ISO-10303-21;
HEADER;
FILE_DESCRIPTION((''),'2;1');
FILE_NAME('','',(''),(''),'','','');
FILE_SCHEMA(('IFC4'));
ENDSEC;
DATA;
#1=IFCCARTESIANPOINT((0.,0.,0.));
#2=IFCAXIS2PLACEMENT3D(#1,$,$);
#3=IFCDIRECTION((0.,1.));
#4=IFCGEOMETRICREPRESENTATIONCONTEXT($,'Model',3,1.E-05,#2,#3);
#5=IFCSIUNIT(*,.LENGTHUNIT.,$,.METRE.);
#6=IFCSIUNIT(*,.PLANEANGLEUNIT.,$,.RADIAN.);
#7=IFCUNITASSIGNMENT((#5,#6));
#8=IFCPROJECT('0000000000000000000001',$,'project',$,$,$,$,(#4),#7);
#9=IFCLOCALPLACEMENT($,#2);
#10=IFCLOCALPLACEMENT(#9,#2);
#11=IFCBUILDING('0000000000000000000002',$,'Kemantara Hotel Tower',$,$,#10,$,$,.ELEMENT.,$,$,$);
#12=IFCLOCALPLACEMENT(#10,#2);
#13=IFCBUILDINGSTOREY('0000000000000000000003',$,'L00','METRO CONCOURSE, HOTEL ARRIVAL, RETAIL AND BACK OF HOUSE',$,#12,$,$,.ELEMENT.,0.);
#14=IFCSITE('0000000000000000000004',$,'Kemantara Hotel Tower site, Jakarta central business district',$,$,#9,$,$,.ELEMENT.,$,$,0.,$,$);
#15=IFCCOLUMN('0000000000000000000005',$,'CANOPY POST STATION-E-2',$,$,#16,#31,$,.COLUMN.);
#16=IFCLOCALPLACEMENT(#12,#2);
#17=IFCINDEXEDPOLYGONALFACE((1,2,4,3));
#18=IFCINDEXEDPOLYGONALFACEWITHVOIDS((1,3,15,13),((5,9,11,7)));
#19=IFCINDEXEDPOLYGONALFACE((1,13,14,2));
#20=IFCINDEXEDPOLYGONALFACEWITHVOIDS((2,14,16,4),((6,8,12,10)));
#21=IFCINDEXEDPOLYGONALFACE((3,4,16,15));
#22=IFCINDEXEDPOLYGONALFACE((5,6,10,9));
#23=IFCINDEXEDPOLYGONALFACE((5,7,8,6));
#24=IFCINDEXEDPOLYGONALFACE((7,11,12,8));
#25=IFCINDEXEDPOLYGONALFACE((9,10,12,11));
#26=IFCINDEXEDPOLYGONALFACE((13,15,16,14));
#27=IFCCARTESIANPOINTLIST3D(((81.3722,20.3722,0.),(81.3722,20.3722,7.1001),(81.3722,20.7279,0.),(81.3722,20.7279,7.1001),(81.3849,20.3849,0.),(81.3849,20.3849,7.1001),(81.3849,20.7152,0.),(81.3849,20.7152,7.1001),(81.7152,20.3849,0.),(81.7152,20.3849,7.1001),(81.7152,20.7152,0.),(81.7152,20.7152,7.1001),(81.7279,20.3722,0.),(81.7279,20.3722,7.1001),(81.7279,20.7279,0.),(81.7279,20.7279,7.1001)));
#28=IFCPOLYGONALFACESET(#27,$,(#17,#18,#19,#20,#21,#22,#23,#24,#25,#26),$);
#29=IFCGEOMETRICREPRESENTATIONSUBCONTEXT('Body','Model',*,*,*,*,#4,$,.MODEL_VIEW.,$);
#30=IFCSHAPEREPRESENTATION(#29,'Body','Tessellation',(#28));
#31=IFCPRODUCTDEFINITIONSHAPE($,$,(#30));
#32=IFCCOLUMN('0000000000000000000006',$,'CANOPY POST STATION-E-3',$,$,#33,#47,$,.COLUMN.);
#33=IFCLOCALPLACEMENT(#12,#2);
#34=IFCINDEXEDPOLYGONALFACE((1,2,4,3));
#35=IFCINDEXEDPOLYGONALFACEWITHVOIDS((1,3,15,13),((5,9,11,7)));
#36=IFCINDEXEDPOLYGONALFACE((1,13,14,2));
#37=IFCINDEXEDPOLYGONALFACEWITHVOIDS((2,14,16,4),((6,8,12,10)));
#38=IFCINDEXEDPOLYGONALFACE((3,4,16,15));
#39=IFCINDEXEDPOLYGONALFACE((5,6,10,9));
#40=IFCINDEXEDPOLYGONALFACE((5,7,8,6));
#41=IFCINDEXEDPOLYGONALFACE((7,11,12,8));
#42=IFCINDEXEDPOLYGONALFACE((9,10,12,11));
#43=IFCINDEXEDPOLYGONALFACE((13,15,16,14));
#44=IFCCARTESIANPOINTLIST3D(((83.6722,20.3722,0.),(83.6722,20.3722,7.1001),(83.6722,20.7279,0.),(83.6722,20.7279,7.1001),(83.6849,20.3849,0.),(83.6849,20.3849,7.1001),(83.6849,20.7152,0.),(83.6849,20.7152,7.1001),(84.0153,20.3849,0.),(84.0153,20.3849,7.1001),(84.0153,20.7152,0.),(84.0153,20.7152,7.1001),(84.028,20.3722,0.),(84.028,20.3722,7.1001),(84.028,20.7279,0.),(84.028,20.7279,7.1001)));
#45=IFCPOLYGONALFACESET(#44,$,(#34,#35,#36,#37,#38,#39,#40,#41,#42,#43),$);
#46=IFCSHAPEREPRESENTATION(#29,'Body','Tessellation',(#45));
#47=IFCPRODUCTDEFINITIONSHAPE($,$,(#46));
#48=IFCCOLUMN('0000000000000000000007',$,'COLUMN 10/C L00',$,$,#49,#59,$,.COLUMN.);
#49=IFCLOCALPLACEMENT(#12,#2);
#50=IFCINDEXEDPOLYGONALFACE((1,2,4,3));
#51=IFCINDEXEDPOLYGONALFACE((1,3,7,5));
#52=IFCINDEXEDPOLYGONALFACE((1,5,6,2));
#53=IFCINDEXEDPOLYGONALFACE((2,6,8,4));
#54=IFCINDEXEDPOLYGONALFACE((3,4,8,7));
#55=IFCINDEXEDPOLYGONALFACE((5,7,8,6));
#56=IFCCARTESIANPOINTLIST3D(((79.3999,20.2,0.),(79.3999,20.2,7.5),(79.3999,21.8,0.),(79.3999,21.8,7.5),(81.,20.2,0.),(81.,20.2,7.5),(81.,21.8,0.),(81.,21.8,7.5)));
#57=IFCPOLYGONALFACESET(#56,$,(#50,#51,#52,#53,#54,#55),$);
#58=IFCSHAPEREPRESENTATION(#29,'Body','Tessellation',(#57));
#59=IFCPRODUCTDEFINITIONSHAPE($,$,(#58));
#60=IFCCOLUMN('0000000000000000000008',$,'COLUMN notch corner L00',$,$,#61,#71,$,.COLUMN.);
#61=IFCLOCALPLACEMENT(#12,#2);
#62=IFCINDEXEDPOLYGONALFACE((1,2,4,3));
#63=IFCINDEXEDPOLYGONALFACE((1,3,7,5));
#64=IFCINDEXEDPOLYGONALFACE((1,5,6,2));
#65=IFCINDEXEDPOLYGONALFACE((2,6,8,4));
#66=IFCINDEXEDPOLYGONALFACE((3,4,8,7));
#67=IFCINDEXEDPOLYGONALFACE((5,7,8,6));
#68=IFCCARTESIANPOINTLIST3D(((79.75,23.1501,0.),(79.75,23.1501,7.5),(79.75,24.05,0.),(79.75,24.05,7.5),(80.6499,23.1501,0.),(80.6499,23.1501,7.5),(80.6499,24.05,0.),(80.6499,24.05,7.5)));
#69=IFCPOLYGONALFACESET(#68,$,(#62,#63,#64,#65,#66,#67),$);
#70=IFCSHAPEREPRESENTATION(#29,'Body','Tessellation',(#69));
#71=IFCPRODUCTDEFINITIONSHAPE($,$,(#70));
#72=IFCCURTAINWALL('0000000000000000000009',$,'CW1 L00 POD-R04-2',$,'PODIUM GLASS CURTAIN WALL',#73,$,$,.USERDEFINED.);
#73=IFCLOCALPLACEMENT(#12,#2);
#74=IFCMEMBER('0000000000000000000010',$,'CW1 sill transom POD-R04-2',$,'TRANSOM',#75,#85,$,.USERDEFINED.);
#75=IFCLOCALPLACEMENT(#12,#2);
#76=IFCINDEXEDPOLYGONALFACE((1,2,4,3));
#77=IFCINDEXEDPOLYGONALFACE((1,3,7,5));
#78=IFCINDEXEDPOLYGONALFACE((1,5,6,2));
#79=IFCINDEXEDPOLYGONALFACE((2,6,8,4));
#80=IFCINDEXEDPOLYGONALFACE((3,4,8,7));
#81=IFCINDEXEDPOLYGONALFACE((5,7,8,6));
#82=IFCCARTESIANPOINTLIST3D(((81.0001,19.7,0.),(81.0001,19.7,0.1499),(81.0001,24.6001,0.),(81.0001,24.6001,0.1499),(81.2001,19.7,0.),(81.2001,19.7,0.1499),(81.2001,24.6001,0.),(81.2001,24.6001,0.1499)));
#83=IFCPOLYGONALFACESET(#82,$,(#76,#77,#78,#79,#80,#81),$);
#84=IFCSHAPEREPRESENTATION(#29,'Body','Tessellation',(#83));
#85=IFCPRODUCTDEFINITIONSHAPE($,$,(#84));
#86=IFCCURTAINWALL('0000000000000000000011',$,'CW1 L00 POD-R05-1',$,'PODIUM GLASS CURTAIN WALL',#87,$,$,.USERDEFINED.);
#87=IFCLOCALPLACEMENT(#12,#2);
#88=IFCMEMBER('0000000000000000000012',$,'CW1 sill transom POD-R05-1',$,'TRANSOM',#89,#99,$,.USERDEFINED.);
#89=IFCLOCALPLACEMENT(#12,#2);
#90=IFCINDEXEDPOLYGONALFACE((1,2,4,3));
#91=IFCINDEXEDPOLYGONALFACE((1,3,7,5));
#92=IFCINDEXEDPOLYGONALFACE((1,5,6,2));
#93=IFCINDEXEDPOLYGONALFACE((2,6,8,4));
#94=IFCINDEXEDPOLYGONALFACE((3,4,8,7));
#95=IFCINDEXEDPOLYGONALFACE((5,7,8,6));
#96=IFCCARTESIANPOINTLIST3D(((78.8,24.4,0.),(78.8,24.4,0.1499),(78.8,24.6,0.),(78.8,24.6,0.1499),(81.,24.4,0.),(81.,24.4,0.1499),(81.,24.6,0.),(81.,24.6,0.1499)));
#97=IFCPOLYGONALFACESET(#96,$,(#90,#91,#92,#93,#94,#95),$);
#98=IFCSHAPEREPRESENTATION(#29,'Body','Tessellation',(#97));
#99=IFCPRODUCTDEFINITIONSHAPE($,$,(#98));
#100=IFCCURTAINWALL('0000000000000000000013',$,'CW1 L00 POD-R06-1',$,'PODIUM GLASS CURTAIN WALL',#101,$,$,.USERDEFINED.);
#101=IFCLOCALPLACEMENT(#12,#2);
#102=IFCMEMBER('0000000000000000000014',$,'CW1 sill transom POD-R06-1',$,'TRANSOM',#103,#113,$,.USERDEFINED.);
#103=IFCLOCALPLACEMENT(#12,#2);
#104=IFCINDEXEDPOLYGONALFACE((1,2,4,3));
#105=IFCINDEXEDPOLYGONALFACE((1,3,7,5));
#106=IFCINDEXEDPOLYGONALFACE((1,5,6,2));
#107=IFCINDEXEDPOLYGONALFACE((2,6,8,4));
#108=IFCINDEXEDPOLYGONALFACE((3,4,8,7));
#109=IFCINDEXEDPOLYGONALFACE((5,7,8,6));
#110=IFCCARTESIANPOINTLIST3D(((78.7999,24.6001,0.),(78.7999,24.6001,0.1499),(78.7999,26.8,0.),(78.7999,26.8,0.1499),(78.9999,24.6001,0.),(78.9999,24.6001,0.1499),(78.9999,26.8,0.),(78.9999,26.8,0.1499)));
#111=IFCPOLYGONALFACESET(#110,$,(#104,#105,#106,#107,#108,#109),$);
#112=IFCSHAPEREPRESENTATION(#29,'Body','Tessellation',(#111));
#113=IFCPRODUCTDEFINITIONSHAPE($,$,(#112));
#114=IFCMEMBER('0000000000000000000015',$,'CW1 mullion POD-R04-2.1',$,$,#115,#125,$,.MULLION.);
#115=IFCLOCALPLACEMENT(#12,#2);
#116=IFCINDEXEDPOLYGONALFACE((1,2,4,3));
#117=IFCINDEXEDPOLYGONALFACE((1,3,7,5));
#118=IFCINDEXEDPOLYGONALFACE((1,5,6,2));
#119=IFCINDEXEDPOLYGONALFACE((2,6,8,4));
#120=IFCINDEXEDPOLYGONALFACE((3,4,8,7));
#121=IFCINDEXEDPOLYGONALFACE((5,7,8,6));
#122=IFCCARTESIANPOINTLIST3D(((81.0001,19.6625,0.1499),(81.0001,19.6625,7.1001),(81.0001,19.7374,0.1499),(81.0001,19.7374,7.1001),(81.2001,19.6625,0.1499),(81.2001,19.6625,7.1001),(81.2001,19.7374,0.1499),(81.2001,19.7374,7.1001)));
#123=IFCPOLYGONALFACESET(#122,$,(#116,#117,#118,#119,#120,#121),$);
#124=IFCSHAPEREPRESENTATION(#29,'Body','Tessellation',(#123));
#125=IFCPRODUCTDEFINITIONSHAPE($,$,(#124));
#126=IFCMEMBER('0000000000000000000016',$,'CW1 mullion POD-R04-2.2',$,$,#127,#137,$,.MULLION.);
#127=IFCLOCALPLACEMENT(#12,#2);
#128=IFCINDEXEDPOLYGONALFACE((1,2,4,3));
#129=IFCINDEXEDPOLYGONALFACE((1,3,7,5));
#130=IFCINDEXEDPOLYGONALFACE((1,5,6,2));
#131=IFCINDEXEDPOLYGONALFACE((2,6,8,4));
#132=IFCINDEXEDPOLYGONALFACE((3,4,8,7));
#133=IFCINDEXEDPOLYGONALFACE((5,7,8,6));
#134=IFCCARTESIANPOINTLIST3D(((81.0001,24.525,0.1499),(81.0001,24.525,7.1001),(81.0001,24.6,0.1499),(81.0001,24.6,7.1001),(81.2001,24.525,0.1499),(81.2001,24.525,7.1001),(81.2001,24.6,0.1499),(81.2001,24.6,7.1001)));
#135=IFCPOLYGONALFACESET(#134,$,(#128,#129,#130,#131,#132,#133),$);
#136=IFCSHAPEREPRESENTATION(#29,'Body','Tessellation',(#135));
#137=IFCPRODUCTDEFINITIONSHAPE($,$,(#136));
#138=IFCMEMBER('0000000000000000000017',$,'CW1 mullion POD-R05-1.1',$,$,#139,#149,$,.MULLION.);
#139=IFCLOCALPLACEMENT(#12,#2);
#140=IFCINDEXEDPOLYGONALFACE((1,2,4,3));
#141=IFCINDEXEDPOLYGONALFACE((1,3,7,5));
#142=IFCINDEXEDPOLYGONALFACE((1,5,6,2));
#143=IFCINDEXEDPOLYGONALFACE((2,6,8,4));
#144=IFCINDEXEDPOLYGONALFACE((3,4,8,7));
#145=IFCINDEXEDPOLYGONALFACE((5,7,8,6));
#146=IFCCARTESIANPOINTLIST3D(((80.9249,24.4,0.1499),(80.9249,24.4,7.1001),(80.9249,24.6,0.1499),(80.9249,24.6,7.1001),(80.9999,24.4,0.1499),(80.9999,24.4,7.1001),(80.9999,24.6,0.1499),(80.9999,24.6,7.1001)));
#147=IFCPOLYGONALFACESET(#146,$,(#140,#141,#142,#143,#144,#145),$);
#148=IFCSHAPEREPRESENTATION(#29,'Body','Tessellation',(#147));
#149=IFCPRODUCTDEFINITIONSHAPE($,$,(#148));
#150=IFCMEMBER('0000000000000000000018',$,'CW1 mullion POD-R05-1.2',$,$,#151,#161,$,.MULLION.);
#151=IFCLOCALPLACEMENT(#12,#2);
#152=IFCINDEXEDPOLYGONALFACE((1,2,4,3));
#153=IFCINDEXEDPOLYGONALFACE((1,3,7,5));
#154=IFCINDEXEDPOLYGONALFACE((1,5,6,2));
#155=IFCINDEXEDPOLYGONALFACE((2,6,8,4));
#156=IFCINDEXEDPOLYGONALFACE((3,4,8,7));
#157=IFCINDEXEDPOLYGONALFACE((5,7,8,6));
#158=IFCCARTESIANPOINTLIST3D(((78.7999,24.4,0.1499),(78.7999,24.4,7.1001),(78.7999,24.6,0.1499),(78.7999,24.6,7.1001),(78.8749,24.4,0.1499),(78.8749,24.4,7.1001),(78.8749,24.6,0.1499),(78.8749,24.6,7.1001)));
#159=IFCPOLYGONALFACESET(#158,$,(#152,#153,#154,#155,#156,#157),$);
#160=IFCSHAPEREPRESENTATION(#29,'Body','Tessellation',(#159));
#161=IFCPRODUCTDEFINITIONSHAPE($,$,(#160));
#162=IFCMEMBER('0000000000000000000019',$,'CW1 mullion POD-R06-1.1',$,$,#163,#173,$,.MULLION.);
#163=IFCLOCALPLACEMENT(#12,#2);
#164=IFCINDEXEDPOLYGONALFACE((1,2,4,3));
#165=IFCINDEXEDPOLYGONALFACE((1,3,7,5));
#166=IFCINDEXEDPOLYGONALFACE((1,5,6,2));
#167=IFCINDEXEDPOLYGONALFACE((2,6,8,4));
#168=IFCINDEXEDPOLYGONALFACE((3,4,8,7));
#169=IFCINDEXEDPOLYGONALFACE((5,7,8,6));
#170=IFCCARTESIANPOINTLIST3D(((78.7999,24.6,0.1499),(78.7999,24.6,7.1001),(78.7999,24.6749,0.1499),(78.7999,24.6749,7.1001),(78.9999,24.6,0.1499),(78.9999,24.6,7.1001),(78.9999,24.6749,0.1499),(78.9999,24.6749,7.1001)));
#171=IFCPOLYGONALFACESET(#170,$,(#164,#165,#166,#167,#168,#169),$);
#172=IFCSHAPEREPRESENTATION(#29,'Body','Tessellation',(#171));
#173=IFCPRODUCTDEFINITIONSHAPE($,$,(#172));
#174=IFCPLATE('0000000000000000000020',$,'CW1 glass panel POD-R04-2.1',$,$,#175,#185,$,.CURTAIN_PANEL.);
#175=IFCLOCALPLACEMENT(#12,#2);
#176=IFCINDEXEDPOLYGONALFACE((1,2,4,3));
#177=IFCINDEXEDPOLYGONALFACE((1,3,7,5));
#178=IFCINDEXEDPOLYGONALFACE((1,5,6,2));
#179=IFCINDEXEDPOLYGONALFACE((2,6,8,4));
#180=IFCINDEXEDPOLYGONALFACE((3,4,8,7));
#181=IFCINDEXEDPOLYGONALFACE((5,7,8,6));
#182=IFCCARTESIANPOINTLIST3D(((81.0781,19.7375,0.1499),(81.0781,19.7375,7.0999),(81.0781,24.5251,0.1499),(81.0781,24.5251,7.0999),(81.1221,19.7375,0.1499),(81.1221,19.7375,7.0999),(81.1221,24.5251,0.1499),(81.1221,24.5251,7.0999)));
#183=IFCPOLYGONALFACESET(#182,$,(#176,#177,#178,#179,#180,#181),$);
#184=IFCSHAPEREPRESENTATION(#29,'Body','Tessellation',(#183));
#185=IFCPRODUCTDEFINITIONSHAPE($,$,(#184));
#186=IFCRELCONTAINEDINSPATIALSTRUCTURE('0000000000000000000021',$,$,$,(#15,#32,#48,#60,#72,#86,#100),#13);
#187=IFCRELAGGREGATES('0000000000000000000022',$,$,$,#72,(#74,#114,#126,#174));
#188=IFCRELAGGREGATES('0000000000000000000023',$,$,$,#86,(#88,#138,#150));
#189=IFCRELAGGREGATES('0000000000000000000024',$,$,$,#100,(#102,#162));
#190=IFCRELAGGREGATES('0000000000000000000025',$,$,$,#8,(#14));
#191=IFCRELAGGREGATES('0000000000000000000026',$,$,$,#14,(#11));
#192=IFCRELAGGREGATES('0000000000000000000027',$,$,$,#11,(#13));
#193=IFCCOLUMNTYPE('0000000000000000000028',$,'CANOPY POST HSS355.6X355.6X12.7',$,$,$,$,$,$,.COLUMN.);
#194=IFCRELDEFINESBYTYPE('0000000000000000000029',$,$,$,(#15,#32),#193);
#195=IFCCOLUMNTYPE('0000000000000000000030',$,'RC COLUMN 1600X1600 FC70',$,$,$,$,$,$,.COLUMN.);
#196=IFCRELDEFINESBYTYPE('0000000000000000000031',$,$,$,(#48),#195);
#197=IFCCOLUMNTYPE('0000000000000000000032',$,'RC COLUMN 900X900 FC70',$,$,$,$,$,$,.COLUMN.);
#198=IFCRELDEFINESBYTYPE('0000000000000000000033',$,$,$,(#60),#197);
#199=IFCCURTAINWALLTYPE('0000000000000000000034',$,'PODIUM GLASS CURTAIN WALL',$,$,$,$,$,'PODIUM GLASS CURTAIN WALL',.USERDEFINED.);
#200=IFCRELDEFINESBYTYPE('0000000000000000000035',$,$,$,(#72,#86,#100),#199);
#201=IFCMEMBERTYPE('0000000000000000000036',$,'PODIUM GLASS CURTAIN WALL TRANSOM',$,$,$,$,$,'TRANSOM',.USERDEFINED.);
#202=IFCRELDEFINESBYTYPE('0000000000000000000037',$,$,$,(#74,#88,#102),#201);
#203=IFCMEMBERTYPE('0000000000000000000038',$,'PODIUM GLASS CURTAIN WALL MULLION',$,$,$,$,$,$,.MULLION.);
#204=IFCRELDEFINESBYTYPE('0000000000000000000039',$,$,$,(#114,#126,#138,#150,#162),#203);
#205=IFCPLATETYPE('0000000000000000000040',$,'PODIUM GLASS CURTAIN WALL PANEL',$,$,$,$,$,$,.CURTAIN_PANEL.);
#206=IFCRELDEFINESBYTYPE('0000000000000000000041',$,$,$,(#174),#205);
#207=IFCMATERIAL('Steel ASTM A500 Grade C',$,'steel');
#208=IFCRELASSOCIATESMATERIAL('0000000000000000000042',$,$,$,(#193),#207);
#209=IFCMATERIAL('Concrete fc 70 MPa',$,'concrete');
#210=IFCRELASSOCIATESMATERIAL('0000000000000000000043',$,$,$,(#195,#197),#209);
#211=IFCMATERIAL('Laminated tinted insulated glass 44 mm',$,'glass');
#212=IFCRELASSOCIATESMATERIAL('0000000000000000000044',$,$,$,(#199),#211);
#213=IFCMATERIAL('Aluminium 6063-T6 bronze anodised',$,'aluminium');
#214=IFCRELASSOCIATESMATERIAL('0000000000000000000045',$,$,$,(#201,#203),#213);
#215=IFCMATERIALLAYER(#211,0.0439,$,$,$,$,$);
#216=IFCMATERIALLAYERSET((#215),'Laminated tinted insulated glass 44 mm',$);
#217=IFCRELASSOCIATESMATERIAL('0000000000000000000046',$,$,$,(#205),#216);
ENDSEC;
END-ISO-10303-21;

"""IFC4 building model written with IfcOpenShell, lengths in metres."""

from ifc_helpers import new_model, si_unit, direction, frame, origin, origin_2d, place, context, subcontext, project, spatial, rectangle, hollow_rectangle, extrude, source, transform, mapped, material, layer, layer_set, material_profile, profile_set, type_object, element, aggregate, save


model = new_model("IFC4")

# Units and contexts
model_context = context("Model", 3, precision=1e-05, world=origin(), true_north=direction((0.0, 1.0)))
body_context = subcontext(model_context, "Body", "Model", "MODEL_VIEW")
ifc_project = project(units=[si_unit("LENGTHUNIT", "METRE"), si_unit("PLANEANGLEUNIT", "RADIAN")], contexts=[model_context])

# Site, building, storey
site_placement = place(None, origin())
site = spatial("IfcSite", under=ifc_project, at=site_placement, Name="Kemantara Hotel Tower site, Jakarta central business district", CompositionType="ELEMENT", RefElevation=0.0)
building_placement = place(site_placement, origin())
building = spatial("IfcBuilding", under=site, at=building_placement, Name="Kemantara Hotel Tower", CompositionType="ELEMENT")
storey_placement = place(building_placement, origin())
storey = spatial("IfcBuildingStorey", under=building, at=storey_placement, Name="L00", Description="METRO CONCOURSE, HOTEL ARRIVAL, RETAIL AND BACK OF HOUSE", CompositionType="ELEMENT", Elevation=0.0)

# Columns
ifc_material_1 = material(Name="Steel ASTM A500 Grade C", Category="steel")
ifc_material_profile_1 = material_profile(ifc_material_1, hollow_rectangle(XDim=0.3557, YDim=0.3557, WallThickness=0.0127, at=origin_2d()), Name="HSS355.6X355.6X12.7")
ifc_profile_set_1 = profile_set([ifc_material_profile_1], Name="Steel ASTM A500 Grade C")
column_type_1 = type_object("IfcColumnType", Name="CANOPY POST HSS355.6X355.6X12.7", PredefinedType="COLUMN", material=ifc_profile_set_1)
for number, where, z_axis, x_axis, name in (
    (1, (81.55, 20.55, 0.0), (0.0, 0.0, 1.0), (1.0, 0.0, 0.0), "CANOPY POST STATION-E-2"),
    (2, (83.8501, 20.55, 0.0), (0.0, 0.0, 1.0), (1.0, 0.0, 0.0), "CANOPY POST STATION-E-3"),
):
    element("IfcColumn", number, at=place(storey_placement, frame(where, z_axis=z_axis, x_axis=x_axis)), inside=storey, type_object=column_type_1, Name=name, PredefinedType="COLUMN", context=body_context, shape_type="SweptSolid", body=[
        extrude(hollow_rectangle(XDim=0.3557, YDim=0.3557, WallThickness=0.0127, at=origin_2d()), origin(), (0.0, 0.0, 1.0), 7.1001),
    ])
ifc_material_2 = material(Name="Concrete fc 70 MPa", Category="concrete")
ifc_material_profile_2 = material_profile(ifc_material_2, rectangle(XDim=1.6001, YDim=1.6001, at=origin_2d()), Name="RC 1600X1600")
ifc_profile_set_2 = profile_set([ifc_material_profile_2], Name="Concrete fc 70 MPa")
column_type_2 = type_object("IfcColumnType", Name="RC COLUMN 1600X1600 FC70", PredefinedType="COLUMN", material=ifc_profile_set_2)
column_1_placement = place(storey_placement, frame((80.2, 21.0, 0.0), z_axis=(0.0, 0.0, 1.0), x_axis=(1.0, 0.0, 0.0)))
element("IfcColumn", 3, at=column_1_placement, inside=storey, type_object=column_type_2, Name="COLUMN 10/C L00", PredefinedType="COLUMN", context=body_context, shape_type="SweptSolid", body=[
    extrude(rectangle(XDim=1.6001, YDim=1.6001, at=origin_2d()), origin(), (0.0, 0.0, 1.0), 7.5),
])
ifc_material_profile_3 = material_profile(ifc_material_2, rectangle(XDim=0.8999, YDim=0.8999, at=origin_2d()), Name="RC 900X900")
ifc_profile_set_3 = profile_set([ifc_material_profile_3], Name="Concrete fc 70 MPa")
column_type_3 = type_object("IfcColumnType", Name="RC COLUMN 900X900 FC70", PredefinedType="COLUMN", material=ifc_profile_set_3)
column_2_placement = place(storey_placement, frame((80.2, 23.6001, 0.0), z_axis=(0.0, 0.0, 1.0), x_axis=(1.0, 0.0, 0.0)))
element("IfcColumn", 4, at=column_2_placement, inside=storey, type_object=column_type_3, Name="COLUMN notch corner L00", PredefinedType="COLUMN", context=body_context, shape_type="SweptSolid", body=[
    extrude(rectangle(XDim=0.8999, YDim=0.8999, at=origin_2d()), origin(), (0.0, 0.0, 1.0), 7.5),
])

# Curtain walls, members
ifc_material_3 = material(Name="Laminated tinted insulated glass 44 mm", Category="glass")
curtain_wall_type = type_object("IfcCurtainWallType", Name="PODIUM GLASS CURTAIN WALL", ElementType="PODIUM GLASS CURTAIN WALL", PredefinedType="USERDEFINED", material=ifc_material_3)
curtain_wall_1_placement = place(storey_placement, origin())
curtain_wall_1 = element("IfcCurtainWall", 5, at=curtain_wall_1_placement, inside=storey, type_object=curtain_wall_type, Name="CW1 L00 POD-R04-2", ObjectType="PODIUM GLASS CURTAIN WALL", PredefinedType="USERDEFINED")
ifc_material_4 = material(Name="Aluminium 6063-T6 bronze anodised", Category="aluminium")
ifc_material_profile_4 = material_profile(ifc_material_4, rectangle(XDim=0.2, YDim=0.1499, at=origin_2d()), Name="PODIUM GLASS CURTAIN WALL TRANSOM")
ifc_profile_set_4 = profile_set([ifc_material_profile_4], Name="Aluminium 6063-T6 bronze anodised")
member_type_1 = type_object("IfcMemberType", Name="PODIUM GLASS CURTAIN WALL TRANSOM", ElementType="TRANSOM", PredefinedType="USERDEFINED", material=ifc_profile_set_4)
member_1_placement = place(storey_placement, frame((81.1001, 19.7, 0.075), z_axis=(0.0, 1.0, 0.0), x_axis=(-1.0, 0.0, 0.0)))
member_1 = element("IfcMember", 6, at=member_1_placement, type_object=member_type_1, Name="CW1 sill transom POD-R04-2", ObjectType="TRANSOM", PredefinedType="USERDEFINED", context=body_context, shape_type="SweptSolid", body=[
    extrude(rectangle(XDim=0.2, YDim=0.1499, at=origin_2d()), origin(), (0.0, 0.0, 1.0), 4.9001),
])
curtain_wall_2_placement = place(storey_placement, origin())
curtain_wall_2 = element("IfcCurtainWall", 7, at=curtain_wall_2_placement, inside=storey, type_object=curtain_wall_type, Name="CW1 L00 POD-R05-1", ObjectType="PODIUM GLASS CURTAIN WALL", PredefinedType="USERDEFINED")
member_2_placement = place(storey_placement, frame((81.0, 24.5, 0.075), z_axis=(-1.0, 0.0, 0.0), x_axis=(0.0, -1.0, 0.0)))
member_2 = element("IfcMember", 8, at=member_2_placement, type_object=member_type_1, Name="CW1 sill transom POD-R05-1", ObjectType="TRANSOM", PredefinedType="USERDEFINED", context=body_context, shape_type="SweptSolid", body=[
    extrude(rectangle(XDim=0.2, YDim=0.1499, at=origin_2d()), origin(), (0.0, 0.0, 1.0), 2.2),
])
curtain_wall_3_placement = place(storey_placement, origin())
curtain_wall_3 = element("IfcCurtainWall", 9, at=curtain_wall_3_placement, inside=storey, type_object=curtain_wall_type, Name="CW1 L00 POD-R06-1", ObjectType="PODIUM GLASS CURTAIN WALL", PredefinedType="USERDEFINED")
member_3_placement = place(storey_placement, frame((78.8999, 24.6001, 0.075), z_axis=(0.0, 1.0, 0.0), x_axis=(-1.0, 0.0, 0.0)))
member_3 = element("IfcMember", 10, at=member_3_placement, type_object=member_type_1, Name="CW1 sill transom POD-R06-1", ObjectType="TRANSOM", PredefinedType="USERDEFINED", context=body_context, shape_type="SweptSolid", body=[
    extrude(rectangle(XDim=0.2, YDim=0.1499, at=origin_2d()), origin(), (0.0, 0.0, 1.0), 2.2),
])

# Members
ifc_material_profile_5 = material_profile(ifc_material_4, rectangle(XDim=0.2, YDim=0.075, at=origin_2d()), Name="PODIUM GLASS CURTAIN WALL MULLION")
ifc_profile_set_5 = profile_set([ifc_material_profile_5], Name="Aluminium 6063-T6 bronze anodised")
member_type_2 = type_object("IfcMemberType", Name="PODIUM GLASS CURTAIN WALL MULLION", PredefinedType="MULLION", material=ifc_profile_set_5)
shared_shape_1 = source(origin(), body_context, "Body", "SweptSolid", [
    extrude(rectangle(XDim=0.2, YDim=0.075, at=origin_2d()), origin(), (0.0, 0.0, 1.0), 6.9502),
])
member_4_placement = place(storey_placement, frame((81.1001, 19.7, 0.1499), z_axis=(0.0, 0.0, 1.0), x_axis=(-1.0, 0.0, 0.0)))
member_4 = element("IfcMember", 11, at=member_4_placement, type_object=member_type_2, Name="CW1 mullion POD-R04-2.1", PredefinedType="MULLION", context=body_context, shape_type="MappedRepresentation", body=[
    mapped(shared_shape_1, transform((0.0, 0.0, 0.0))),
])
member_5_placement = place(storey_placement, frame((81.1001, 24.5625, 0.1499), z_axis=(0.0, 0.0, 1.0), x_axis=(-1.0, 0.0, 0.0)))
member_5 = element("IfcMember", 12, at=member_5_placement, type_object=member_type_2, Name="CW1 mullion POD-R04-2.2", PredefinedType="MULLION", context=body_context, shape_type="MappedRepresentation", body=[
    mapped(shared_shape_1, transform((0.0, 0.0, 0.0))),
])
member_6_placement = place(storey_placement, frame((80.9624, 24.5, 0.1499), z_axis=(0.0, 0.0, 1.0), x_axis=(0.0, -1.0, 0.0)))
member_6 = element("IfcMember", 13, at=member_6_placement, type_object=member_type_2, Name="CW1 mullion POD-R05-1.1", PredefinedType="MULLION", context=body_context, shape_type="MappedRepresentation", body=[
    mapped(shared_shape_1, transform((0.0, 0.0, 0.0))),
])
member_7_placement = place(storey_placement, frame((78.8374, 24.5, 0.1499), z_axis=(0.0, 0.0, 1.0), x_axis=(0.0, -1.0, 0.0)))
member_7 = element("IfcMember", 14, at=member_7_placement, type_object=member_type_2, Name="CW1 mullion POD-R05-1.2", PredefinedType="MULLION", context=body_context, shape_type="MappedRepresentation", body=[
    mapped(shared_shape_1, transform((0.0, 0.0, 0.0))),
])
member_8_placement = place(storey_placement, frame((78.8999, 24.6375, 0.1499), z_axis=(0.0, 0.0, 1.0), x_axis=(-1.0, 0.0, 0.0)))
member_8 = element("IfcMember", 15, at=member_8_placement, type_object=member_type_2, Name="CW1 mullion POD-R06-1.1", PredefinedType="MULLION", context=body_context, shape_type="MappedRepresentation", body=[
    mapped(shared_shape_1, transform((0.0, 0.0, 0.0))),
])

# Plate
ifc_layer_1 = layer(ifc_material_3, 0.0439)
ifc_layer_set_1 = layer_set([ifc_layer_1], Name="Laminated tinted insulated glass 44 mm")
plate_type = type_object("IfcPlateType", Name="PODIUM GLASS CURTAIN WALL PANEL", PredefinedType="CURTAIN_PANEL", material=ifc_layer_set_1)
shared_shape_2 = source(origin(), body_context, "Body", "SweptSolid", [
    extrude(rectangle(XDim=4.7876, YDim=0.0439, at=origin_2d()), origin(), (0.0, 0.0, 1.0), 6.95),
])
plate_1_placement = place(storey_placement, frame((81.1001, 22.1313, 0.1499), z_axis=(0.0, 0.0, 1.0), x_axis=(0.0, 1.0, 0.0)))
plate_1 = element("IfcPlate", 16, at=plate_1_placement, type_object=plate_type, Name="CW1 glass panel POD-R04-2.1", PredefinedType="CURTAIN_PANEL", context=body_context, shape_type="MappedRepresentation", body=[
    mapped(shared_shape_2, transform((0.0, 0.0, 0.0))),
])
aggregate(curtain_wall_1, [member_1, member_4, member_5, plate_1])
aggregate(curtain_wall_2, [member_2, member_6, member_7])
aggregate(curtain_wall_3, [member_3, member_8])

save(model, "model.ifc")
